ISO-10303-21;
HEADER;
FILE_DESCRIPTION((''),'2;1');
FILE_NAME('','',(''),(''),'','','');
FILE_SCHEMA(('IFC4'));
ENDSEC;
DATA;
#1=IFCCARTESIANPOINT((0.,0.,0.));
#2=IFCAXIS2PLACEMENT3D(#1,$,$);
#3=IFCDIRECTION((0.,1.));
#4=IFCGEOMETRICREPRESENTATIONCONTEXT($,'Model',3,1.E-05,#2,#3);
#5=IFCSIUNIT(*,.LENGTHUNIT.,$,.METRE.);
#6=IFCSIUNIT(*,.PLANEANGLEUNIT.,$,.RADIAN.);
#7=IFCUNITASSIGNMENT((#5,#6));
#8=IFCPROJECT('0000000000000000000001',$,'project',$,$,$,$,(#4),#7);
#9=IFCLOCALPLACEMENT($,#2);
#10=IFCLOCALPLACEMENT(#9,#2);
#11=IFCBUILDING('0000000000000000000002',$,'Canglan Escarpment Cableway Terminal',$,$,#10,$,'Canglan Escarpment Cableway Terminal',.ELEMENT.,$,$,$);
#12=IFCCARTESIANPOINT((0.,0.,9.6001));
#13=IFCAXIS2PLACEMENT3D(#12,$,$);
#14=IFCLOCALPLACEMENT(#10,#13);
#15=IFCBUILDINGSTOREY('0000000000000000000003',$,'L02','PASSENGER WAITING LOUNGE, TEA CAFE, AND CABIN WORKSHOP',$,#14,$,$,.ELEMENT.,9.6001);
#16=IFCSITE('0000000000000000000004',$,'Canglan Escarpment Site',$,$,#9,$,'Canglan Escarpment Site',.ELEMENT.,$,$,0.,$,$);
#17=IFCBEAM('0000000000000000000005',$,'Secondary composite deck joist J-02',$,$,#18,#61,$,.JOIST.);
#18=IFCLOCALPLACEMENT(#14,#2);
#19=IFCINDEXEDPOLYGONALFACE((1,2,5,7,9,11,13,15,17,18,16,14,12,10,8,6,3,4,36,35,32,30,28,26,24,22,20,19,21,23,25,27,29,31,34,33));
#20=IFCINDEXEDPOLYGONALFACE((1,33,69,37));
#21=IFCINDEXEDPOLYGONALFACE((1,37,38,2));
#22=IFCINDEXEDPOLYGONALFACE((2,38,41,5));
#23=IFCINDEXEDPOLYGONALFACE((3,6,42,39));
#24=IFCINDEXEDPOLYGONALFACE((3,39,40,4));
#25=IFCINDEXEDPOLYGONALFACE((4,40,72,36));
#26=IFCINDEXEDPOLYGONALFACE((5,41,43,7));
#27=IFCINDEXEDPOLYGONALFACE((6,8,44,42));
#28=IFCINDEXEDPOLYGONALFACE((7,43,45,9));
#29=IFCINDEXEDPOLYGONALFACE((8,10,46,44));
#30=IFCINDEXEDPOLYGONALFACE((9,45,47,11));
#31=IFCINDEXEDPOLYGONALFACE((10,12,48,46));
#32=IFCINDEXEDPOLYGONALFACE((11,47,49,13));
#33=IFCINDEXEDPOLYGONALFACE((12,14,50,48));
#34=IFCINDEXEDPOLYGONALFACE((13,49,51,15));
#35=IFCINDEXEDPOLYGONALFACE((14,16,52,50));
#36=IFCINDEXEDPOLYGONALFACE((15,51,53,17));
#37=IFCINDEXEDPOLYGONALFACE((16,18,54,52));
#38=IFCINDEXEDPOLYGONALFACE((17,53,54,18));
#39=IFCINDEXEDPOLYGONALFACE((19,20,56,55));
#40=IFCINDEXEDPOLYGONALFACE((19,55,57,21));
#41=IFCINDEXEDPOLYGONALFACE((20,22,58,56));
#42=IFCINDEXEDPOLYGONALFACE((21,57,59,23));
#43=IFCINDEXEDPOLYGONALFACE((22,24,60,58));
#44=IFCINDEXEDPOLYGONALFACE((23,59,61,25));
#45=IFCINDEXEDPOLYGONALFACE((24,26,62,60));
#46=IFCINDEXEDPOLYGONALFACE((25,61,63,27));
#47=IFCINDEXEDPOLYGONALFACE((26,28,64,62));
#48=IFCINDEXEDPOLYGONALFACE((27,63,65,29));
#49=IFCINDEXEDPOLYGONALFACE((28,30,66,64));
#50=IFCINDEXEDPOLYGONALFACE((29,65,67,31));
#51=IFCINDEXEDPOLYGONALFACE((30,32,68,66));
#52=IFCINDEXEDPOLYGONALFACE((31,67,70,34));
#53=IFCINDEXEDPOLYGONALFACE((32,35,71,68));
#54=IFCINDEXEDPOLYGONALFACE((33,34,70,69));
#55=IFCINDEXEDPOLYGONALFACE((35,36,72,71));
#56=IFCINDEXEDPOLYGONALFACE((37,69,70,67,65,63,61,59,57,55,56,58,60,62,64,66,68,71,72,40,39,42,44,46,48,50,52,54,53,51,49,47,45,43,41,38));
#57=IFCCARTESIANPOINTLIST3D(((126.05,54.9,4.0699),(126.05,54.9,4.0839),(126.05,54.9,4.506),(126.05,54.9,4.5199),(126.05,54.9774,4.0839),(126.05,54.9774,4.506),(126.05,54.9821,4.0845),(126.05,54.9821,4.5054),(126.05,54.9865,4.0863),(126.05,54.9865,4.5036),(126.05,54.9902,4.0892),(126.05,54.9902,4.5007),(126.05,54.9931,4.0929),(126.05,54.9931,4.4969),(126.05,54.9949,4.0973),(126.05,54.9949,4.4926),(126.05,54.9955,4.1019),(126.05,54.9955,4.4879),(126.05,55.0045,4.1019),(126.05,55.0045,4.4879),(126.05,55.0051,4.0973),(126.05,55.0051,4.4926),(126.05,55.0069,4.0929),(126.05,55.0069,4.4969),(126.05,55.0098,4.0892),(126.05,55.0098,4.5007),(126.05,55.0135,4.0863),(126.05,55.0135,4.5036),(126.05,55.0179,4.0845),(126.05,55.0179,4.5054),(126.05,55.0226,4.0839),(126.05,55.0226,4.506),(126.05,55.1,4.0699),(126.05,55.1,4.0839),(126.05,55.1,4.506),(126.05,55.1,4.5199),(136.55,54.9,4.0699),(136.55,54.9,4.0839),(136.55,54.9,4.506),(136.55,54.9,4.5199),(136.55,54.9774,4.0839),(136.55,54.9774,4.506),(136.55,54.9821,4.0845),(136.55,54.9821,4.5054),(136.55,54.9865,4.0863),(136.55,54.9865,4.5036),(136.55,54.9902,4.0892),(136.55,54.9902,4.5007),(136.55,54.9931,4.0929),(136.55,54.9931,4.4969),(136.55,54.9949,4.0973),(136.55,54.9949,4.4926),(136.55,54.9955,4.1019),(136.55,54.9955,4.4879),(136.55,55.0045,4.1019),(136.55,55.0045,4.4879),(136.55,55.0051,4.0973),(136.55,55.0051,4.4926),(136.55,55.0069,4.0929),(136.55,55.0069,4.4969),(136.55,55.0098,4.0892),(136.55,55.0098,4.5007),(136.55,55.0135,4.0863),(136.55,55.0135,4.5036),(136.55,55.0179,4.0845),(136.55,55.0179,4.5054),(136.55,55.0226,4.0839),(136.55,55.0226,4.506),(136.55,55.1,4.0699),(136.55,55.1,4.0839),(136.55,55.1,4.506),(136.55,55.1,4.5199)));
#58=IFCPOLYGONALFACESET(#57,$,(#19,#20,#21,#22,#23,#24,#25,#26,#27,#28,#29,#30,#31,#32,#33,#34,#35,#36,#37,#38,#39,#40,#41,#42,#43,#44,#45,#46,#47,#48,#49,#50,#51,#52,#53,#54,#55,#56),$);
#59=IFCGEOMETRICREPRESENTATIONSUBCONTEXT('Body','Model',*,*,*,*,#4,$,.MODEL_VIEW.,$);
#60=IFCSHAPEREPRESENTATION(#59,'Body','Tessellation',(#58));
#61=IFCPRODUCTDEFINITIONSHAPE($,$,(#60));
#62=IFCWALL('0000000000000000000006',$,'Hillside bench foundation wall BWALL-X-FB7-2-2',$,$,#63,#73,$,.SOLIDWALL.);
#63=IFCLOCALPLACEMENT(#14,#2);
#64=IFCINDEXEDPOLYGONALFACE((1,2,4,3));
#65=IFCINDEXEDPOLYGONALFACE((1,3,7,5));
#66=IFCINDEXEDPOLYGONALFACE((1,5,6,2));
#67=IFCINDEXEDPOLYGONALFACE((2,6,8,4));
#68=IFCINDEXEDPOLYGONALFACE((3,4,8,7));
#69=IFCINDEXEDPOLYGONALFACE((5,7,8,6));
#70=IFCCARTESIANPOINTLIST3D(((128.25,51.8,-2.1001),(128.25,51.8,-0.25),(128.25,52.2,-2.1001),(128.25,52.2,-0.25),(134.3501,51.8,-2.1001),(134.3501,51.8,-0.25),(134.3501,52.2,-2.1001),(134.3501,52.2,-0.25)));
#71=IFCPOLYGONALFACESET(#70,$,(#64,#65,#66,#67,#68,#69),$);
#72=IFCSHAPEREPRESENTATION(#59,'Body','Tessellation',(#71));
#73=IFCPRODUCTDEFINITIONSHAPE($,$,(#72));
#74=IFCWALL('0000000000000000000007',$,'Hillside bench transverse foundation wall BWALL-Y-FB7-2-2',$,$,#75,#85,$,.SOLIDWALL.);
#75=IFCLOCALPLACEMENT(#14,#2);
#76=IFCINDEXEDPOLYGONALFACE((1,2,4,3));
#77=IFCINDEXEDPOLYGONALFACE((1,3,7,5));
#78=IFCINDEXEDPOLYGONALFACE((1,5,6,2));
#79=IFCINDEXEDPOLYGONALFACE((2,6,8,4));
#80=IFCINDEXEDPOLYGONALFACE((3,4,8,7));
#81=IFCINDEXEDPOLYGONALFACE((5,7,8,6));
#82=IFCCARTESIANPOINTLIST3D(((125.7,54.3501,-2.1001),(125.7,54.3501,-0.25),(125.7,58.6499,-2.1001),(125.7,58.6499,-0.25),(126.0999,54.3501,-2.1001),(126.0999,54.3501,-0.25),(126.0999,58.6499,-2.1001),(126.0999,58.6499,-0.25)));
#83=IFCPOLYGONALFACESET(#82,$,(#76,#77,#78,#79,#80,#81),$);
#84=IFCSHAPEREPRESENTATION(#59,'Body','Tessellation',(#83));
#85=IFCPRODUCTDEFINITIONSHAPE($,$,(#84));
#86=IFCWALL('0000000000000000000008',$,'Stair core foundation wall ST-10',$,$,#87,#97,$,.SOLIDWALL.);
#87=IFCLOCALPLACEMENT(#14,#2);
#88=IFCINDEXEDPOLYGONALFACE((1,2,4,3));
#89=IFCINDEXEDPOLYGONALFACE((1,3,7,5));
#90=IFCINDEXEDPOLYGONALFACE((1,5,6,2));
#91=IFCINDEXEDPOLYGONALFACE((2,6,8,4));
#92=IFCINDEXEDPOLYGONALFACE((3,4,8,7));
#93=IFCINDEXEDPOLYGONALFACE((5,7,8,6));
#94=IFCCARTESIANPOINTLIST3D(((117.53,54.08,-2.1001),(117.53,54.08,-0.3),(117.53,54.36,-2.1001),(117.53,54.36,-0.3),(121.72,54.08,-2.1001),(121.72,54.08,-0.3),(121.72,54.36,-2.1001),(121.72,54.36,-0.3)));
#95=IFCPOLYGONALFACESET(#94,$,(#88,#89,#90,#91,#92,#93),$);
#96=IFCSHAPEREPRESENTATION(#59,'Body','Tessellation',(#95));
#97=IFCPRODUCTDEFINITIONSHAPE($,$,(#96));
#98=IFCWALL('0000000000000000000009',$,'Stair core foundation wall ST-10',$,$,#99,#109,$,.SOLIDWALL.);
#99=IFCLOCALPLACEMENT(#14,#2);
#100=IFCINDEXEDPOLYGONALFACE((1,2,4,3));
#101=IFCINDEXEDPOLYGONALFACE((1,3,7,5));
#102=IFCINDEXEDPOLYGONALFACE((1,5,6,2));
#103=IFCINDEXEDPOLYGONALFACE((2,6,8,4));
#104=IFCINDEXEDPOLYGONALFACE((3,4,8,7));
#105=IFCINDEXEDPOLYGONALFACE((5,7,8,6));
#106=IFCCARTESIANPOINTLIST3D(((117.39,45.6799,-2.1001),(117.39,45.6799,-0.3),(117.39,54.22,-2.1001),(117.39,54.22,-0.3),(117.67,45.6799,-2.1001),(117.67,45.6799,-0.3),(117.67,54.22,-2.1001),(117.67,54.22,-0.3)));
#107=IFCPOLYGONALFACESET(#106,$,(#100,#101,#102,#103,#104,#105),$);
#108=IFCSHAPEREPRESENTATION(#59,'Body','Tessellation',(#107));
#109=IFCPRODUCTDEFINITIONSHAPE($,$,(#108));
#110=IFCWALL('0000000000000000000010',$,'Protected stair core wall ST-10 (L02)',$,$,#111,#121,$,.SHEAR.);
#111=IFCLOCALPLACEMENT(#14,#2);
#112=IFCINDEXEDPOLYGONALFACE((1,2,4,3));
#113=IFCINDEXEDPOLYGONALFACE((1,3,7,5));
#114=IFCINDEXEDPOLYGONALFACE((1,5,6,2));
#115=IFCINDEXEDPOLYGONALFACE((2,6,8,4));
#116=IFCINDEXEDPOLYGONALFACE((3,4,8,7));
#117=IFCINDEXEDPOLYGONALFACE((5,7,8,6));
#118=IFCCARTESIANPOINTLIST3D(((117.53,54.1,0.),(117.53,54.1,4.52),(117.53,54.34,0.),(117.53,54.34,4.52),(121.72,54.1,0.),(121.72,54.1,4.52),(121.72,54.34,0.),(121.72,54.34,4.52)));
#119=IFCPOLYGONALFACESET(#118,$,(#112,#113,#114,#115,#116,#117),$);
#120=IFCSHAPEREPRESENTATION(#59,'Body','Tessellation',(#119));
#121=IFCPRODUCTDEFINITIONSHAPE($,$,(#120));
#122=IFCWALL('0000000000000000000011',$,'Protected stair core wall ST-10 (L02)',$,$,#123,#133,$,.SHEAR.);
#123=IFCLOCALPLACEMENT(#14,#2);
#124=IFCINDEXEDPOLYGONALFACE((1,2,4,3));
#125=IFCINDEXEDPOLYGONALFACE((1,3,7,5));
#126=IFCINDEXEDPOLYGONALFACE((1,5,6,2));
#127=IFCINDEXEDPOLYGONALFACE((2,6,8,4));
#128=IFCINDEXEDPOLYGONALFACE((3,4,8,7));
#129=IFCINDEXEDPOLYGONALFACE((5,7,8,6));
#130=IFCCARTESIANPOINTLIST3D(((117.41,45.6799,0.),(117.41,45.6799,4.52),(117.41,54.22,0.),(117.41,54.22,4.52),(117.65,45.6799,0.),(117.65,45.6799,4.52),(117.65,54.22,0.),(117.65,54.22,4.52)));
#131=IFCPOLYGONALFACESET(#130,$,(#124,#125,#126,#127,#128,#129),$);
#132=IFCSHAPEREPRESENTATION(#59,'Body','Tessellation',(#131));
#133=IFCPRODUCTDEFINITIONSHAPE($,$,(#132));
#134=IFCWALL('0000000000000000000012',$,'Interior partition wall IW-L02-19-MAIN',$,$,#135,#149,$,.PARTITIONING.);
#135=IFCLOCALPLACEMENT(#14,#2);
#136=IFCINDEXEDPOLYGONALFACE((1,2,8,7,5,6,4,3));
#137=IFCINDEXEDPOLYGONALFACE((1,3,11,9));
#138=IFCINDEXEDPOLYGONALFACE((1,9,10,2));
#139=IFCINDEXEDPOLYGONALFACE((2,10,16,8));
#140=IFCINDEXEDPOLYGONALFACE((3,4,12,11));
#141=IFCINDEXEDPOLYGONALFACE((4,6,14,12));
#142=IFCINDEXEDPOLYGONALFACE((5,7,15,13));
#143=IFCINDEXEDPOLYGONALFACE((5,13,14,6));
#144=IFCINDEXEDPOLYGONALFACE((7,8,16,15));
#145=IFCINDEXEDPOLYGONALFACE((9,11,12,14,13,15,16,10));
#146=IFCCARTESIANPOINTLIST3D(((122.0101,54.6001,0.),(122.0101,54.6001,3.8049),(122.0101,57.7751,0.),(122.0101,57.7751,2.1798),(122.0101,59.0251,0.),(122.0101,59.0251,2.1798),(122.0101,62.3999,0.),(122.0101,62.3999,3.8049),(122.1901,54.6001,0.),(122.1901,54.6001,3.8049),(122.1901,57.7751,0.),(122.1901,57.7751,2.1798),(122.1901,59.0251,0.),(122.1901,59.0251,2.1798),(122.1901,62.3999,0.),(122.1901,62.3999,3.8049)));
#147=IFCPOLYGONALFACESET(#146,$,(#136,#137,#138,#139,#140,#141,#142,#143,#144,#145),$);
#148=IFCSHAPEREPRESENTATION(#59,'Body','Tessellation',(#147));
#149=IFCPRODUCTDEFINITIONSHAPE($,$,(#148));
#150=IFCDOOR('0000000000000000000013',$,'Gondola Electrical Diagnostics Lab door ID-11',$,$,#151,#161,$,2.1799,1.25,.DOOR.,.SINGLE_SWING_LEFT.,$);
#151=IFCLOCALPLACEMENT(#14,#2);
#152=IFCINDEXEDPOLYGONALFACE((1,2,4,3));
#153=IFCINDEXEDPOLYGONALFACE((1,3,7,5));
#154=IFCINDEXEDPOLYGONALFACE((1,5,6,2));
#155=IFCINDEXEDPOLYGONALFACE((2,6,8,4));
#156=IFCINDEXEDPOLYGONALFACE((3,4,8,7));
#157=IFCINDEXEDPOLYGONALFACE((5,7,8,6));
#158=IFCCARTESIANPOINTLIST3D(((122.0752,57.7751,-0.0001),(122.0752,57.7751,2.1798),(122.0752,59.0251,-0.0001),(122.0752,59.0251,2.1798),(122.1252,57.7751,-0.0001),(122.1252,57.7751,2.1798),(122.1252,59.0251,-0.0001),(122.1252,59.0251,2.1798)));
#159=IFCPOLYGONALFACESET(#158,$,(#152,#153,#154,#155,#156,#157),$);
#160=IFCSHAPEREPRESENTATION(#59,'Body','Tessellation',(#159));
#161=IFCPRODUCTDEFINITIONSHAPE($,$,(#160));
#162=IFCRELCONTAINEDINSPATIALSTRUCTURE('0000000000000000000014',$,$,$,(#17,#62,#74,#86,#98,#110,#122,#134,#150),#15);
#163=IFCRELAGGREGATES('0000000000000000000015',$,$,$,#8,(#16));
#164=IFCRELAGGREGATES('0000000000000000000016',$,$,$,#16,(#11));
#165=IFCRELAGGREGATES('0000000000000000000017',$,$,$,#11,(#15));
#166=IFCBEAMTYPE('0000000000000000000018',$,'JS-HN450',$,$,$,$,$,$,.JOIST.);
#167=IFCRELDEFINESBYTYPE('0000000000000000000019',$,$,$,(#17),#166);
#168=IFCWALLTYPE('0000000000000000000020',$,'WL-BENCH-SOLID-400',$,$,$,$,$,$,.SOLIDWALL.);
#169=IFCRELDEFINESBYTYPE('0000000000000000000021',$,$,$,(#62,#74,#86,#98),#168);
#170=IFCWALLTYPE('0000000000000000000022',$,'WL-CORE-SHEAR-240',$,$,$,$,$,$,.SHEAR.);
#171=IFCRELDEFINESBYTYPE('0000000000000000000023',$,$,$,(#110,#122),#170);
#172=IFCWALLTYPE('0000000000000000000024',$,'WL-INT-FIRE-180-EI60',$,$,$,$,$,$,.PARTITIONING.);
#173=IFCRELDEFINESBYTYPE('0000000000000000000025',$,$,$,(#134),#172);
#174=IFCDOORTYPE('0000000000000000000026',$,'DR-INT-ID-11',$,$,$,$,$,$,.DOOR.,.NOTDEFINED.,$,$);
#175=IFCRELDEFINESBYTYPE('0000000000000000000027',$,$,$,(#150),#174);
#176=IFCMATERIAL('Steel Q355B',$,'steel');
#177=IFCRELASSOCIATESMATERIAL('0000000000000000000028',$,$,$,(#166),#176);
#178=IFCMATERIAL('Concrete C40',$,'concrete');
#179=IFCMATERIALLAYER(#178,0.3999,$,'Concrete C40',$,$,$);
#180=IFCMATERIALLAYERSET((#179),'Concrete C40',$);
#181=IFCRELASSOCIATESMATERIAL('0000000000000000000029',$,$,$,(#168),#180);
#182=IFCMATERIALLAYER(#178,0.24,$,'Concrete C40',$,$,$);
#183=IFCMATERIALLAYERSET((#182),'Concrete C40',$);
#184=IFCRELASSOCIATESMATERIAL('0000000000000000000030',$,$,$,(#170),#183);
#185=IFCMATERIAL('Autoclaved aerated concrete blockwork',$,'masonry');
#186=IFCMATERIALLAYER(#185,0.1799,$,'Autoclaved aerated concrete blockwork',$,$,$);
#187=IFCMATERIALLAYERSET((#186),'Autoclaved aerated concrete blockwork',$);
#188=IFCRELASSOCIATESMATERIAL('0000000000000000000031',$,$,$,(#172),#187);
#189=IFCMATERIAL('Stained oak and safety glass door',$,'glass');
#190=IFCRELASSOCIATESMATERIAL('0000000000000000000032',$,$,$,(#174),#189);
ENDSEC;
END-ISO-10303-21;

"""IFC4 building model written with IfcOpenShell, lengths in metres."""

from ifc_helpers import new_model, si_unit, direction, frame, frame_2d, origin, origin_2d, place, context, subcontext, project, spatial, rectangle, i_section, extrude, material, layer, layer_set, material_profile, profile_set, type_object, element, fill, save


model = new_model("IFC4")

# Units and contexts
model_context = context("Model", 3, precision=1e-05, world=origin(), true_north=direction((0.0, 1.0)))
body_context = subcontext(model_context, "Body", "Model", "MODEL_VIEW")
ifc_project = project(units=[si_unit("LENGTHUNIT", "METRE"), si_unit("PLANEANGLEUNIT", "RADIAN")], contexts=[model_context])

# Site, building, storey
site_placement = place(None, origin())
site = spatial("IfcSite", under=ifc_project, at=site_placement, Name="Canglan Escarpment Site", LongName="Canglan Escarpment Site", CompositionType="ELEMENT", RefElevation=0.0)
building_placement = place(site_placement, origin())
building = spatial("IfcBuilding", under=site, at=building_placement, Name="Canglan Escarpment Cableway Terminal", LongName="Canglan Escarpment Cableway Terminal", CompositionType="ELEMENT")
storey_placement = place(building_placement, frame((0.0, 0.0, 9.6001)))
storey = spatial("IfcBuildingStorey", under=building, at=storey_placement, Name="L02", Description="PASSENGER WAITING LOUNGE, TEA CAFE, AND CABIN WORKSHOP", CompositionType="ELEMENT", Elevation=9.6001)

# Shared definitions
ifc_material_1 = material(Name="Concrete C40", Category="concrete")

# Beam
ifc_material_2 = material(Name="Steel Q355B", Category="steel")
ifc_material_profile_1 = material_profile(ifc_material_2, i_section(OverallWidth=0.2, OverallDepth=0.45, WebThickness=0.009, FlangeThickness=0.0139, FilletRadius=0.0181, at=origin_2d()), Name="HN 450x200x9x14")
ifc_profile_set_1 = profile_set([ifc_material_profile_1], Name="Steel Q355B")
beam_type_1 = type_object("IfcBeamType", Name="JS-HN450", PredefinedType="JOIST", material=ifc_profile_set_1)
beam_1_placement = place(storey_placement, frame((126.05, 55.0, 4.2949), z_axis=(1.0, 0.0, 0.0), x_axis=(0.0, 1.0, 0.0)))
element("IfcBeam", 1, at=beam_1_placement, inside=storey, type_object=beam_type_1, Name="Secondary composite deck joist J-02", PredefinedType="JOIST", context=body_context, shape_type="SweptSolid", body=[
    extrude(i_section(OverallWidth=0.2, OverallDepth=0.45, WebThickness=0.009, FlangeThickness=0.0139, FilletRadius=0.0181, at=origin_2d()), origin(), (0.0, 0.0, 1.0), 10.5),
])

# Walls
ifc_layer_1 = layer(ifc_material_1, 0.3999, Name="Concrete C40")
ifc_layer_set_1 = layer_set([ifc_layer_1], Name="Concrete C40")
wall_type_1 = type_object("IfcWallType", Name="WL-BENCH-SOLID-400", PredefinedType="SOLIDWALL", material=ifc_layer_set_1)
wall_1_placement = place(storey_placement, frame((128.25, 52.0, -2.1001), z_axis=(0.0, 0.0, 1.0), x_axis=(1.0, 0.0, 0.0)))
element("IfcWall", 2, at=wall_1_placement, inside=storey, type_object=wall_type_1, Name="Hillside bench foundation wall BWALL-X-FB7-2-2", PredefinedType="SOLIDWALL", context=body_context, shape_type="SweptSolid", body=[
    extrude(rectangle(XDim=6.1001, YDim=0.3999, at=frame_2d((3.05, 0.0))), origin(), (0.0, 0.0, 1.0), 1.8501),
])
wall_2_placement = place(storey_placement, frame((125.8999, 54.3501, -2.1001), z_axis=(0.0, 0.0, 1.0), x_axis=(0.0, 1.0, 0.0)))
element("IfcWall", 3, at=wall_2_placement, inside=storey, type_object=wall_type_1, Name="Hillside bench transverse foundation wall BWALL-Y-FB7-2-2", PredefinedType="SOLIDWALL", context=body_context, shape_type="SweptSolid", body=[
    extrude(rectangle(XDim=4.2998, YDim=0.3999, at=frame_2d((2.1499, 0.0))), origin(), (0.0, 0.0, 1.0), 1.8501),
])
wall_3_placement = place(storey_placement, frame((121.72, 54.22, -2.1001), z_axis=(0.0, 0.0, 1.0), x_axis=(-1.0, 0.0, 0.0)))
element("IfcWall", 4, at=wall_3_placement, inside=storey, type_object=wall_type_1, Name="Stair core foundation wall ST-10", PredefinedType="SOLIDWALL", context=body_context, shape_type="SweptSolid", body=[
    extrude(rectangle(XDim=4.1899, YDim=0.28, at=frame_2d((2.095, 0.0))), origin(), (0.0, 0.0, 1.0), 1.8),
])
wall_4_placement = place(storey_placement, frame((117.53, 54.22, -2.1001), z_axis=(0.0, 0.0, 1.0), x_axis=(0.0, -1.0, 0.0)))
element("IfcWall", 5, at=wall_4_placement, inside=storey, type_object=wall_type_1, Name="Stair core foundation wall ST-10", PredefinedType="SOLIDWALL", context=body_context, shape_type="SweptSolid", body=[
    extrude(rectangle(XDim=8.54, YDim=0.28, at=frame_2d((4.27, 0.0))), origin(), (0.0, 0.0, 1.0), 1.8),
])
ifc_layer_2 = layer(ifc_material_1, 0.24, Name="Concrete C40")
ifc_layer_set_2 = layer_set([ifc_layer_2], Name="Concrete C40")
wall_type_2 = type_object("IfcWallType", Name="WL-CORE-SHEAR-240", PredefinedType="SHEAR", material=ifc_layer_set_2)
wall_5_placement = place(storey_placement, frame((121.72, 54.22, 0.0), z_axis=(0.0, 0.0, 1.0), x_axis=(-1.0, 0.0, 0.0)))
element("IfcWall", 6, at=wall_5_placement, inside=storey, type_object=wall_type_2, Name="Protected stair core wall ST-10 (L02)", PredefinedType="SHEAR", context=body_context, shape_type="SweptSolid", body=[
    extrude(rectangle(XDim=4.1899, YDim=0.24, at=frame_2d((2.095, 0.0))), origin(), (0.0, 0.0, 1.0), 4.52),
])
wall_6_placement = place(storey_placement, frame((117.53, 54.22, 0.0), z_axis=(0.0, 0.0, 1.0), x_axis=(0.0, -1.0, 0.0)))
element("IfcWall", 7, at=wall_6_placement, inside=storey, type_object=wall_type_2, Name="Protected stair core wall ST-10 (L02)", PredefinedType="SHEAR", context=body_context, shape_type="SweptSolid", body=[
    extrude(rectangle(XDim=8.54, YDim=0.24, at=frame_2d((4.27, 0.0))), origin(), (0.0, 0.0, 1.0), 4.52),
])

# Wall, opening, door
ifc_material_3 = material(Name="Autoclaved aerated concrete blockwork", Category="masonry")
ifc_layer_3 = layer(ifc_material_3, 0.1799, Name="Autoclaved aerated concrete blockwork")
ifc_layer_set_3 = layer_set([ifc_layer_3], Name="Autoclaved aerated concrete blockwork")
wall_type_3 = type_object("IfcWallType", Name="WL-INT-FIRE-180-EI60", PredefinedType="PARTITIONING", material=ifc_layer_set_3)
wall_7_placement = place(storey_placement, frame((122.1001, 54.6001, 0.0), z_axis=(0.0, 0.0, 1.0), x_axis=(0.0, 1.0, 0.0)))
wall_7 = element("IfcWall", 8, at=wall_7_placement, inside=storey, type_object=wall_type_3, Name="Interior partition wall IW-L02-19-MAIN", PredefinedType="PARTITIONING", context=body_context, shape_type="SweptSolid", body=[
    extrude(rectangle(XDim=7.7998, YDim=0.1799, at=frame_2d((3.8999, 0.0))), origin(), (0.0, 0.0, 1.0), 3.8049),
])
opening_placement = place(wall_7_placement, frame((3.175, 0.0, 0.0)))
opening = element("IfcOpeningElement", 9, at=opening_placement, cuts=wall_7, PredefinedType="OPENING", context=body_context, shape_type="SweptSolid", body=[
    extrude(rectangle(XDim=1.25, YDim=2.1799, at=frame_2d((0.625, 1.0898))), frame((0.0, 0.1001, 0.0), z_axis=(0.0, -1.0, 0.0), x_axis=(1.0, 0.0, 0.0)), (0.0, 0.0, 1.0), 0.2),
])
ifc_material_4 = material(Name="Stained oak and safety glass door", Category="glass")
door_type = type_object("IfcDoorType", Name="DR-INT-ID-11", OperationType="NOTDEFINED", PredefinedType="DOOR", material=ifc_material_4)
door_placement = place(opening_placement, origin())
door = element("IfcDoor", 10, at=door_placement, inside=storey, type_object=door_type, Name="Gondola Electrical Diagnostics Lab door ID-11", OperationType="SINGLE_SWING_LEFT", OverallHeight=2.1799, OverallWidth=1.25, PredefinedType="DOOR", context=body_context, shape_type="SweptSolid", body=[
    extrude(rectangle(XDim=1.25, YDim=2.1799, at=frame_2d((0.625, 1.0898))), frame((0.0, 0.0249, 0.0), z_axis=(0.0, -1.0, 0.0), x_axis=(1.0, 0.0, 0.0)), (0.0, 0.0, 1.0), 0.05),
])
fill(opening, door)

save(model, "model.ifc")
